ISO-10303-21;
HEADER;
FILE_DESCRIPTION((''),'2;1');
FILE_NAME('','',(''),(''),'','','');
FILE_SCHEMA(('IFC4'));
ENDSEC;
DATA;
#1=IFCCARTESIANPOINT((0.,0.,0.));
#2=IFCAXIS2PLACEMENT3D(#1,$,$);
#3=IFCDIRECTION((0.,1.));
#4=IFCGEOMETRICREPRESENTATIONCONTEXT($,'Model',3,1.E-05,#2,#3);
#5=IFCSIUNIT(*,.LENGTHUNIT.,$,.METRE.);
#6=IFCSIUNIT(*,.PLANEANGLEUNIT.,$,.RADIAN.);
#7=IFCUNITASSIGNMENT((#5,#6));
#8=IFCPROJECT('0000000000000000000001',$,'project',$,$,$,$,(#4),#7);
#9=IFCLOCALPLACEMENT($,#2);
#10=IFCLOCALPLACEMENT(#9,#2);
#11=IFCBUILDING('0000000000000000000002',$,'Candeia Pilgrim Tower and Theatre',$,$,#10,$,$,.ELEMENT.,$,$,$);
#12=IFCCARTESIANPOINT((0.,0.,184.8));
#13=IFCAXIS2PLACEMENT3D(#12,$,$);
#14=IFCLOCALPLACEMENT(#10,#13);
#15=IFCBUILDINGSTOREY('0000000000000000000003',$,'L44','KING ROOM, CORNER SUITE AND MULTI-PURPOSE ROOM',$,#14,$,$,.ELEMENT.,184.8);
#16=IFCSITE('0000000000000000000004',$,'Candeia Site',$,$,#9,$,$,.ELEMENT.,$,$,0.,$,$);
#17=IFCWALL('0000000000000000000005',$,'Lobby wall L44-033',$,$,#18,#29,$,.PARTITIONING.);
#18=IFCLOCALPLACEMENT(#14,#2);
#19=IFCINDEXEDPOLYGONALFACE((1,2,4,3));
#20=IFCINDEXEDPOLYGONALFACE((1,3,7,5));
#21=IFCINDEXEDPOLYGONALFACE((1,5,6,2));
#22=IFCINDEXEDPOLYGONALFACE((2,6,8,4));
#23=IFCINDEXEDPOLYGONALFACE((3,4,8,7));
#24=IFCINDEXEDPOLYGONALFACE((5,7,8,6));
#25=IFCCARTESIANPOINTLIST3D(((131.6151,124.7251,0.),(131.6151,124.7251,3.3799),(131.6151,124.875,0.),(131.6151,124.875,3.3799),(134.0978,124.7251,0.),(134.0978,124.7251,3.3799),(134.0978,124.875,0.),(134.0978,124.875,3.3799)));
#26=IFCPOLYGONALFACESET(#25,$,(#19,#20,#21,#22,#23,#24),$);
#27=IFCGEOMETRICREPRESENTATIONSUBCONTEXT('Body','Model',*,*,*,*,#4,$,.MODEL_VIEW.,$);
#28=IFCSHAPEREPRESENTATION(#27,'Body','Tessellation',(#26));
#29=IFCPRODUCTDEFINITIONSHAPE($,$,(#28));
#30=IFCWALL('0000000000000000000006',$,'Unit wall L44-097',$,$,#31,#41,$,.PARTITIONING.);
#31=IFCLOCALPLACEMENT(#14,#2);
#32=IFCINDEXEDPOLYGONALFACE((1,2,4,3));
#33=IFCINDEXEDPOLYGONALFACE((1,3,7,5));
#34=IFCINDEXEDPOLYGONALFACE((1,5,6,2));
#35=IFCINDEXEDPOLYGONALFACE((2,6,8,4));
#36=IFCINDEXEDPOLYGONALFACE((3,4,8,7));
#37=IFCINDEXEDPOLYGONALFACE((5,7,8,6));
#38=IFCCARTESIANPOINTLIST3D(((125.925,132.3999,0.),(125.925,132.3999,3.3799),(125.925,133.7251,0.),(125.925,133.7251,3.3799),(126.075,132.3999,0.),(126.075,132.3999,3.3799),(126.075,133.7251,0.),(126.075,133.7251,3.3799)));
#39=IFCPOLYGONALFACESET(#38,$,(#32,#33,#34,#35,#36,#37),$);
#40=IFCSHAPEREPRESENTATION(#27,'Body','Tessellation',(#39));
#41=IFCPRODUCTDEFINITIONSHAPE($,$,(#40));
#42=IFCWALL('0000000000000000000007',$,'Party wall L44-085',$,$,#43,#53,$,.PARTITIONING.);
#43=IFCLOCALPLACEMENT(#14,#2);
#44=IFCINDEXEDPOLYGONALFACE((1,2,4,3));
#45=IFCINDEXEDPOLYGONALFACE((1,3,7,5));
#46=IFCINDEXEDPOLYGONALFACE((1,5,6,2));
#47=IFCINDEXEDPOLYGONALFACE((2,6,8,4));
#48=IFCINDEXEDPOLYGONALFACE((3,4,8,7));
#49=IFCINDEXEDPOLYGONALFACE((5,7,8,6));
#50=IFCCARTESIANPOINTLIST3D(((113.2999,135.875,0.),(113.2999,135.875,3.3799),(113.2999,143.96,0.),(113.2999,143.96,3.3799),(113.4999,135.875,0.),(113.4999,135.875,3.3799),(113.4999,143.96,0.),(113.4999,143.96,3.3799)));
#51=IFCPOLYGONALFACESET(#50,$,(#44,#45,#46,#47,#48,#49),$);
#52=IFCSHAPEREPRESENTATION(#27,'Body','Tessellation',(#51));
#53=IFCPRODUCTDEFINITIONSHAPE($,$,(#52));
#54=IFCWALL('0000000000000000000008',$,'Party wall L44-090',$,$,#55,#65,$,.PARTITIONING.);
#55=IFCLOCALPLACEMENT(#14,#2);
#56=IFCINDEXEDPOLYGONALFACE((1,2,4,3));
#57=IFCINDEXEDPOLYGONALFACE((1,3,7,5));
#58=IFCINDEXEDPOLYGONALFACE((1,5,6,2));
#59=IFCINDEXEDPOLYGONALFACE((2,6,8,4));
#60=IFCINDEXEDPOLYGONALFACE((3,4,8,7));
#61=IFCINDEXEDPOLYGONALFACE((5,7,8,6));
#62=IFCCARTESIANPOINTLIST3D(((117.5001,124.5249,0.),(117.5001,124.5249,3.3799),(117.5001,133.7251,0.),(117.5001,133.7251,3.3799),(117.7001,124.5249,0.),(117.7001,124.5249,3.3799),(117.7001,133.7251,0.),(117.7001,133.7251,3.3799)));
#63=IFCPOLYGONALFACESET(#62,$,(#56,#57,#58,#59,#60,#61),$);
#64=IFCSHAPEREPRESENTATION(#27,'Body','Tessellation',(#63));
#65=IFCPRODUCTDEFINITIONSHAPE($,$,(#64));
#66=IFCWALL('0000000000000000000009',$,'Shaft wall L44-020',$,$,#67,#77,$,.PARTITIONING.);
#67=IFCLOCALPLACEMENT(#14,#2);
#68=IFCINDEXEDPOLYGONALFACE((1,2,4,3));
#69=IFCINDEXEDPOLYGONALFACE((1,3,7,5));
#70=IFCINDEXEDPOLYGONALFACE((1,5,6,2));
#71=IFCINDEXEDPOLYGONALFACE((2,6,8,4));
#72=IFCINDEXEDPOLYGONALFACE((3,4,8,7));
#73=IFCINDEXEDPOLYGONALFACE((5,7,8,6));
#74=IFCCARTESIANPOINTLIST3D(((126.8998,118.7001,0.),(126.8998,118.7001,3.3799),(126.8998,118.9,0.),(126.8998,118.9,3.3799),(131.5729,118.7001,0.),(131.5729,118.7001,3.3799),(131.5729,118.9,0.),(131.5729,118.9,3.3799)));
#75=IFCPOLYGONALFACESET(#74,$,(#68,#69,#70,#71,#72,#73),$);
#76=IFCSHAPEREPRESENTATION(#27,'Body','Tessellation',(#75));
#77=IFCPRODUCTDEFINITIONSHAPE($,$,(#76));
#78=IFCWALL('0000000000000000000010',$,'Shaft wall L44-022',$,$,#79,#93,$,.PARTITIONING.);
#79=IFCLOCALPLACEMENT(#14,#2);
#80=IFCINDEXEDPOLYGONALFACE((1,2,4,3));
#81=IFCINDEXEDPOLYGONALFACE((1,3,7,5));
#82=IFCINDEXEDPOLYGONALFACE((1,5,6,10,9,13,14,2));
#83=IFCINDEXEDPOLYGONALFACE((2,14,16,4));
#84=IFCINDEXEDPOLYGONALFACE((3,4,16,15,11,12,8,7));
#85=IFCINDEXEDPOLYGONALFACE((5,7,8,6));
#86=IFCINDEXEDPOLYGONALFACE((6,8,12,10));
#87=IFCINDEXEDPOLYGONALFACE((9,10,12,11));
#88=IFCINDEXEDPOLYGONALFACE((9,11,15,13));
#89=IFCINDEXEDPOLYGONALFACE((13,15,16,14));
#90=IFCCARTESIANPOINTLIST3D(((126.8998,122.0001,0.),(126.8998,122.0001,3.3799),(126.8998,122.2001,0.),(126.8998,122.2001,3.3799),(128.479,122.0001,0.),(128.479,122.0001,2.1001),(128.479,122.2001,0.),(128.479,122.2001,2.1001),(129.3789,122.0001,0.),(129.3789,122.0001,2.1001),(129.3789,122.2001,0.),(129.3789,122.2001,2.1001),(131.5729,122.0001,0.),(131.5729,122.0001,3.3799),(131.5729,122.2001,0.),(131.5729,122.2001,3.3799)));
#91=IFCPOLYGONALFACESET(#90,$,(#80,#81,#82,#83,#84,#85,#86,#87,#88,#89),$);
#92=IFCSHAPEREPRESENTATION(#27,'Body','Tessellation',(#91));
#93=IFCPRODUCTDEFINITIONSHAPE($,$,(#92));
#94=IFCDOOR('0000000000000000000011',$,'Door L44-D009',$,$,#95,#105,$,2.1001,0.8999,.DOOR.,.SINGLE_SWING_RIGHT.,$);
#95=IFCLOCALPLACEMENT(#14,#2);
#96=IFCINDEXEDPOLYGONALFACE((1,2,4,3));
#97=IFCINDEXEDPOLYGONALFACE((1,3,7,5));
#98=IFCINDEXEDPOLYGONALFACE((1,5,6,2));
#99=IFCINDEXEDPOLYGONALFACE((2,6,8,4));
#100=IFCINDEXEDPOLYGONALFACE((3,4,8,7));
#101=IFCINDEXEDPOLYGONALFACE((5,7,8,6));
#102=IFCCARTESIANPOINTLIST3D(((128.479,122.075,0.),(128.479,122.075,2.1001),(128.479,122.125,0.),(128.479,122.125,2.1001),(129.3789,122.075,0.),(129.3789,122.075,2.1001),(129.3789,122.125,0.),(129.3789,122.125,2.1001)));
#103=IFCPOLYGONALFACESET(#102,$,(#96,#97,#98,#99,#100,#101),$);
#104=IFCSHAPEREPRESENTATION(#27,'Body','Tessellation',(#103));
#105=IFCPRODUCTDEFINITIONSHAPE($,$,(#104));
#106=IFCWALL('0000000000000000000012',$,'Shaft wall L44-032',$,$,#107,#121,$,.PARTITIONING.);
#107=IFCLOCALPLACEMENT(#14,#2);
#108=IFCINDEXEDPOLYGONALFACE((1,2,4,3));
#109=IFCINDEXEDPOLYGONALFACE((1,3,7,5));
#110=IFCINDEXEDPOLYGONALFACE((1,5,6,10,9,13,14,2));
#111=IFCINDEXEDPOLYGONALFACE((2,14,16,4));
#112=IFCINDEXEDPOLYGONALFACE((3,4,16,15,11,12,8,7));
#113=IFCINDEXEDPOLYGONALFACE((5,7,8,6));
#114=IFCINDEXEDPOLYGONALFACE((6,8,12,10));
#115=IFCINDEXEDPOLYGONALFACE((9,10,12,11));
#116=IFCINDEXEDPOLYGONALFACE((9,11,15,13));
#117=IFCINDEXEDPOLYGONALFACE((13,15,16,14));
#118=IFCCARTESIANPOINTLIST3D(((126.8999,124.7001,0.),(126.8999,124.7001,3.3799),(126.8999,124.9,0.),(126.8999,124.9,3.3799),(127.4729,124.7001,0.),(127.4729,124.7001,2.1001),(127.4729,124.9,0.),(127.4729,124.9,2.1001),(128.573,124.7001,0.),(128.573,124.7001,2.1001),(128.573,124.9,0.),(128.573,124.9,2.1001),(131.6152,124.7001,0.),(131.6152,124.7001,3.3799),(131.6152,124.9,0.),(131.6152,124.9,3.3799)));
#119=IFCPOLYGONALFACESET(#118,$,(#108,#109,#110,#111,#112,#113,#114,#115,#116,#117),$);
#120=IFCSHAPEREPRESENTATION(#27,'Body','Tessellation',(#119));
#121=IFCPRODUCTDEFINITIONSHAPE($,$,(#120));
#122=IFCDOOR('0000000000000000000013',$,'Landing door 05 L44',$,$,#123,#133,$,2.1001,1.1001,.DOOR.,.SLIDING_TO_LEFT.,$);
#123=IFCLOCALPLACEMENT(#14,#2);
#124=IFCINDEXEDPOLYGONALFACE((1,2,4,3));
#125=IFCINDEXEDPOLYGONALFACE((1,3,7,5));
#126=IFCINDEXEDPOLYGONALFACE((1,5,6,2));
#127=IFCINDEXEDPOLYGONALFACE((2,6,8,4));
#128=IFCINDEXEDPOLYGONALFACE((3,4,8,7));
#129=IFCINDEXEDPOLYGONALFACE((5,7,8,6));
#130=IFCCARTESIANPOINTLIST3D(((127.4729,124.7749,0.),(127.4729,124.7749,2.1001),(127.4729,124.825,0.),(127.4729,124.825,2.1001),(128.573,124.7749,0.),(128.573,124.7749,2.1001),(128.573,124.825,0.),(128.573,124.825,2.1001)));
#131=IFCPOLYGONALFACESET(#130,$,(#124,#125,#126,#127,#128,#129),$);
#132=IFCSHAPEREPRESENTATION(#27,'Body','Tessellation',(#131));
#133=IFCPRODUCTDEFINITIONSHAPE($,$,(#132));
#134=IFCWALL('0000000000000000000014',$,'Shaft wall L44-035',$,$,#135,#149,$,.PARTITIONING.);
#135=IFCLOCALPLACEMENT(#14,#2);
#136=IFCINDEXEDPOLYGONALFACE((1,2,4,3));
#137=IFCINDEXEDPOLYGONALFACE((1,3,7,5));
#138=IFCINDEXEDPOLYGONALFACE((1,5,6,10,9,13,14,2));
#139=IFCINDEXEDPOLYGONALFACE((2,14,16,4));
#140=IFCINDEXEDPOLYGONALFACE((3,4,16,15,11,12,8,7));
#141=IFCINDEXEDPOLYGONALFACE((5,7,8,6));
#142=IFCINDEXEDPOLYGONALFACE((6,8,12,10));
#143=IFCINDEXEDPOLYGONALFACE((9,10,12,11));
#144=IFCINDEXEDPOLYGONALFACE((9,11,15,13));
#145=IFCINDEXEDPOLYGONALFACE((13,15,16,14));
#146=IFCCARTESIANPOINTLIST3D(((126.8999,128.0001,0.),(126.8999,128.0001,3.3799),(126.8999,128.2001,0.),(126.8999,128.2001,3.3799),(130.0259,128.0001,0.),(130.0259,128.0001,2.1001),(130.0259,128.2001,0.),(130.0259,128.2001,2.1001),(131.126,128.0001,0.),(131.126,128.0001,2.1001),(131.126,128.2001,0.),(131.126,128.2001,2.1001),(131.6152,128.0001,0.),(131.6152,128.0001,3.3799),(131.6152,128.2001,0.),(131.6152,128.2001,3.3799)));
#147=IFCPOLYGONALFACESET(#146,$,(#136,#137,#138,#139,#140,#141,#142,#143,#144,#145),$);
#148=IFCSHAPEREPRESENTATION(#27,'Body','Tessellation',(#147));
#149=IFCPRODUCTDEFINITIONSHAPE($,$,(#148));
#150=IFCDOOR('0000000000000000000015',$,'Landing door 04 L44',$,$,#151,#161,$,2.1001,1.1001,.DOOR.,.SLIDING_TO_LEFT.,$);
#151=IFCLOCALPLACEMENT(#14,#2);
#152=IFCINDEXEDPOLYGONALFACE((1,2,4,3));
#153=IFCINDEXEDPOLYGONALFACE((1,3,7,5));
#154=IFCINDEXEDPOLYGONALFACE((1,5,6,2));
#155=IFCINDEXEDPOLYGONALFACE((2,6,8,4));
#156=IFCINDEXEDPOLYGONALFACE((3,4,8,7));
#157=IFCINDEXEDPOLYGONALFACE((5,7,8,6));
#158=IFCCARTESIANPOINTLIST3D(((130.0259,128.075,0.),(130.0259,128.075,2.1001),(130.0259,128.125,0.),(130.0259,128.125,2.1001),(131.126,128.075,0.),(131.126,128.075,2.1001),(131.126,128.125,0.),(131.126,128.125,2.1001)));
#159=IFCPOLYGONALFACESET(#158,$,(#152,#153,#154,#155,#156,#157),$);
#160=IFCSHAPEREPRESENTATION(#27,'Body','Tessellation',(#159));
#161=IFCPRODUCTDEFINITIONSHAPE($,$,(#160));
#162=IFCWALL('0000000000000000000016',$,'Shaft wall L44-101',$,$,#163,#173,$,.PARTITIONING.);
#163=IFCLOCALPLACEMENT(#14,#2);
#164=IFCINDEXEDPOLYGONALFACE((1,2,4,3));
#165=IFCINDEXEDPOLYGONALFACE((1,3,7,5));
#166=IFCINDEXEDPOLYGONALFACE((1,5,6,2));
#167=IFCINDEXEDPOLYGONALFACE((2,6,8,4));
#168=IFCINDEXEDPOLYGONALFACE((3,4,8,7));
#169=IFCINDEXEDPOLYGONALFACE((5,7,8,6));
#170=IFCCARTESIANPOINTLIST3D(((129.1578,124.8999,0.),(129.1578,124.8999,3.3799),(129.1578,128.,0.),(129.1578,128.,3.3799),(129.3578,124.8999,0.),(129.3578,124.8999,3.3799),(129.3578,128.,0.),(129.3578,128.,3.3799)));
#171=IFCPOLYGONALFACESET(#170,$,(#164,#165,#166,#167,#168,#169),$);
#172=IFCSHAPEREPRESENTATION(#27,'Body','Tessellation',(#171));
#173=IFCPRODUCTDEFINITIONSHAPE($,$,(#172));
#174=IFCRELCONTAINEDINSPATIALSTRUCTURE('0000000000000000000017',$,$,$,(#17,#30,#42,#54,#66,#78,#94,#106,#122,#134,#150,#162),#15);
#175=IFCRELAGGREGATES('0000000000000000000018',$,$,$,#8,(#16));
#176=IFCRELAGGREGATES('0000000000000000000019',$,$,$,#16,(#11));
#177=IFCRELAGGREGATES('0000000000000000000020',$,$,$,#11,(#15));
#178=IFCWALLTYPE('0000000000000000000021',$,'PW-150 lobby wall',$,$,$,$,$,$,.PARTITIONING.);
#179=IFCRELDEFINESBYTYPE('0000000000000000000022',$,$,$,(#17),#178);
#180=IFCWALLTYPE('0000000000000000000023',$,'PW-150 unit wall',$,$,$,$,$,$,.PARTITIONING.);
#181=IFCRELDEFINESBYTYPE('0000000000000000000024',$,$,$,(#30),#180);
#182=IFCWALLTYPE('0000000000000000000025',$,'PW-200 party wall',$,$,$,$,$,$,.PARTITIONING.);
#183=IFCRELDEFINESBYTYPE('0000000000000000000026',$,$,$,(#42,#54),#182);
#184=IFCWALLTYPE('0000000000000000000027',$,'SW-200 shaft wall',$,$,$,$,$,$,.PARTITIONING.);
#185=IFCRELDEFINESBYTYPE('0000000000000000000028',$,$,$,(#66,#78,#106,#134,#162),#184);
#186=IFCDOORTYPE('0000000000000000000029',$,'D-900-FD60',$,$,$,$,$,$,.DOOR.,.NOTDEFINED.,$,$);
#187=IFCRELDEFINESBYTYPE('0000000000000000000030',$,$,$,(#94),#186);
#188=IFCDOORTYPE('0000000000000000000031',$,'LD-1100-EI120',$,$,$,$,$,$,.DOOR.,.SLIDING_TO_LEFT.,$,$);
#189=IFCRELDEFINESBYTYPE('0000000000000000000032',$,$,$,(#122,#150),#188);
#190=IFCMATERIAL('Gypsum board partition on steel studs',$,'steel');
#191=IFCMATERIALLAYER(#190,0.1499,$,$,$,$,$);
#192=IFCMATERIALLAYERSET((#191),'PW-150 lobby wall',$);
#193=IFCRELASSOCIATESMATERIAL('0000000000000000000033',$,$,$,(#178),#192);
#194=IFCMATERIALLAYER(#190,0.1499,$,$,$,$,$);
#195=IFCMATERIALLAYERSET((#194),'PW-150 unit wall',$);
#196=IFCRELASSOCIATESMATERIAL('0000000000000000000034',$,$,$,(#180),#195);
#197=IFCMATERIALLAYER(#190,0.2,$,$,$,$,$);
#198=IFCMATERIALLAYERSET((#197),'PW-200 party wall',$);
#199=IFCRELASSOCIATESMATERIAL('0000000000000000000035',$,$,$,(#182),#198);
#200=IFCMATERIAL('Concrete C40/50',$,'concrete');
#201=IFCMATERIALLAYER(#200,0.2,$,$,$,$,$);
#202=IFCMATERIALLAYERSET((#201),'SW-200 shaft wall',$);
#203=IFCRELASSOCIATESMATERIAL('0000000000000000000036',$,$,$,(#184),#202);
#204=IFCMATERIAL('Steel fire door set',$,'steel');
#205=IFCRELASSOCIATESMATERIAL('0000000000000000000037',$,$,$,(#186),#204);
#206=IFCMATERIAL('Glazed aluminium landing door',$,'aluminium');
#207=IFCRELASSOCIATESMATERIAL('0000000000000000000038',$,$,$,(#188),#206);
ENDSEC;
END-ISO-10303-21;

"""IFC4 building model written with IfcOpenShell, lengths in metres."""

from ifc_helpers import new_model, si_unit, direction, frame, frame_2d, origin, place, context, subcontext, project, spatial, rectangle, extrude, material, layer, layer_set, type_object, element, fill, save


model = new_model("IFC4")

# Units and contexts
model_context = context("Model", 3, precision=1e-05, world=origin(), true_north=direction((0.0, 1.0)))
body_context = subcontext(model_context, "Body", "Model", "MODEL_VIEW")
ifc_project = project(units=[si_unit("LENGTHUNIT", "METRE"), si_unit("PLANEANGLEUNIT", "RADIAN")], contexts=[model_context])

# Site, building, storey
site_placement = place(None, origin())
site = spatial("IfcSite", under=ifc_project, at=site_placement, Name="Candeia Site", CompositionType="ELEMENT", RefElevation=0.0)
building_placement = place(site_placement, origin())
building = spatial("IfcBuilding", under=site, at=building_placement, Name="Candeia Pilgrim Tower and Theatre", CompositionType="ELEMENT")
storey_placement = place(building_placement, frame((0.0, 0.0, 184.8)))
storey = spatial("IfcBuildingStorey", under=building, at=storey_placement, Name="L44", Description="KING ROOM, CORNER SUITE AND MULTI-PURPOSE ROOM", CompositionType="ELEMENT", Elevation=184.8)

# Shared definitions
ifc_material_1 = material(Name="Steel fire door set", Category="steel")

# Shared definitions
ifc_material_2 = material(Name="Gypsum board partition on steel studs", Category="steel")

# Shared definitions
ifc_layer_1 = layer(ifc_material_2, 0.1499)
ifc_layer_set_1 = layer_set([ifc_layer_1], Name="PW-150 lobby wall")
wall_type_1 = type_object("IfcWallType", Name="PW-150 lobby wall", PredefinedType="PARTITIONING", material=ifc_layer_set_1)

# Walls
wall_1_placement = place(storey_placement, frame((131.6152, 124.8, 0.0), z_axis=(0.0, 0.0, 1.0), x_axis=(1.0, 0.0, 0.0)))
element("IfcWall", 1, at=wall_1_placement, inside=storey, type_object=wall_type_1, Name="Lobby wall L44-033", PredefinedType="PARTITIONING", context=body_context, shape_type="SweptSolid", body=[
    extrude(rectangle(XDim=2.4827, YDim=0.1499, at=frame_2d((1.2412, 0.0))), origin(), (0.0, 0.0, 1.0), 3.3799),
])
ifc_layer_2 = layer(ifc_material_2, 0.1499)
ifc_layer_set_2 = layer_set([ifc_layer_2], Name="PW-150 unit wall")
wall_type_2 = type_object("IfcWallType", Name="PW-150 unit wall", PredefinedType="PARTITIONING", material=ifc_layer_set_2)
wall_2_placement = place(storey_placement, frame((126.0, 132.3999, 0.0), z_axis=(0.0, 0.0, 1.0), x_axis=(0.0, 1.0, 0.0)))
element("IfcWall", 2, at=wall_2_placement, inside=storey, type_object=wall_type_2, Name="Unit wall L44-097", PredefinedType="PARTITIONING", context=body_context, shape_type="SweptSolid", body=[
    extrude(rectangle(XDim=1.3252, YDim=0.1499, at=frame_2d((0.6626, 0.0))), origin(), (0.0, 0.0, 1.0), 3.3799),
])
ifc_layer_3 = layer(ifc_material_2, 0.2)
ifc_layer_set_3 = layer_set([ifc_layer_3], Name="PW-200 party wall")
wall_type_3 = type_object("IfcWallType", Name="PW-200 party wall", PredefinedType="PARTITIONING", material=ifc_layer_set_3)
wall_3_placement = place(storey_placement, frame((113.3999, 135.875, 0.0), z_axis=(0.0, 0.0, 1.0), x_axis=(0.0, 1.0, 0.0)))
element("IfcWall", 3, at=wall_3_placement, inside=storey, type_object=wall_type_3, Name="Party wall L44-085", PredefinedType="PARTITIONING", context=body_context, shape_type="SweptSolid", body=[
    extrude(rectangle(XDim=8.085, YDim=0.2, at=frame_2d((4.0425, 0.0))), origin(), (0.0, 0.0, 1.0), 3.3799),
])
wall_4_placement = place(storey_placement, frame((117.6001, 124.5249, 0.0), z_axis=(0.0, 0.0, 1.0), x_axis=(0.0, 1.0, 0.0)))
element("IfcWall", 4, at=wall_4_placement, inside=storey, type_object=wall_type_3, Name="Party wall L44-090", PredefinedType="PARTITIONING", context=body_context, shape_type="SweptSolid", body=[
    extrude(rectangle(XDim=9.2002, YDim=0.2, at=frame_2d((4.6001, 0.0))), origin(), (0.0, 0.0, 1.0), 3.3799),
])
ifc_material_3 = material(Name="Concrete C40/50", Category="concrete")
ifc_layer_4 = layer(ifc_material_3, 0.2)
ifc_layer_set_4 = layer_set([ifc_layer_4], Name="SW-200 shaft wall")
wall_type_4 = type_object("IfcWallType", Name="SW-200 shaft wall", PredefinedType="PARTITIONING", material=ifc_layer_set_4)
wall_5_placement = place(storey_placement, frame((126.8999, 118.8, 0.0), z_axis=(0.0, 0.0, 1.0), x_axis=(1.0, 0.0, 0.0)))
element("IfcWall", 5, at=wall_5_placement, inside=storey, type_object=wall_type_4, Name="Shaft wall L44-020", PredefinedType="PARTITIONING", context=body_context, shape_type="SweptSolid", body=[
    extrude(rectangle(XDim=4.6731, YDim=0.2, at=frame_2d((2.3364, 0.0))), origin(), (0.0, 0.0, 1.0), 3.3799),
])

# Walls, openings, doors
wall_6_placement = place(storey_placement, frame((126.8999, 122.1001, 0.0), z_axis=(0.0, 0.0, 1.0), x_axis=(1.0, 0.0, 0.0)))
wall_6 = element("IfcWall", 6, at=wall_6_placement, inside=storey, type_object=wall_type_4, Name="Shaft wall L44-022", PredefinedType="PARTITIONING", context=body_context, shape_type="SweptSolid", body=[
    extrude(rectangle(XDim=4.6731, YDim=0.2, at=frame_2d((2.3364, 0.0))), origin(), (0.0, 0.0, 1.0), 3.3799),
])
opening_1_placement = place(wall_6_placement, frame((1.5791, 0.0, 0.0)))
opening_1 = element("IfcOpeningElement", 7, at=opening_1_placement, cuts=wall_6, PredefinedType="OPENING", context=body_context, shape_type="SweptSolid", body=[
    extrude(rectangle(XDim=0.8999, YDim=2.1001, at=frame_2d((0.45, 1.05))), frame((0.0, 0.1099, 0.0), z_axis=(0.0, -1.0, 0.0), x_axis=(1.0, 0.0, 0.0)), (0.0, 0.0, 1.0), 0.22),
])
door_type_1 = type_object("IfcDoorType", Name="D-900-FD60", OperationType="NOTDEFINED", PredefinedType="DOOR", material=ifc_material_1)
door_1_placement = place(opening_1_placement, origin())
door_1 = element("IfcDoor", 8, at=door_1_placement, inside=storey, type_object=door_type_1, Name="Door L44-D009", OperationType="SINGLE_SWING_RIGHT", OverallHeight=2.1001, OverallWidth=0.8999, PredefinedType="DOOR", context=body_context, shape_type="SweptSolid", body=[
    extrude(rectangle(XDim=0.8999, YDim=2.1001, at=frame_2d((0.45, 1.05))), frame((0.0, 0.0249, 0.0), z_axis=(0.0, -1.0, 0.0), x_axis=(1.0, 0.0, 0.0)), (0.0, 0.0, 1.0), 0.05),
])
fill(opening_1, door_1)
wall_7_placement = place(storey_placement, frame((126.8999, 124.8, 0.0), z_axis=(0.0, 0.0, 1.0), x_axis=(1.0, 0.0, 0.0)))
wall_7 = element("IfcWall", 9, at=wall_7_placement, inside=storey, type_object=wall_type_4, Name="Shaft wall L44-032", PredefinedType="PARTITIONING", context=body_context, shape_type="SweptSolid", body=[
    extrude(rectangle(XDim=4.7153, YDim=0.2, at=frame_2d((2.3577, 0.0))), origin(), (0.0, 0.0, 1.0), 3.3799),
])
opening_2_placement = place(wall_7_placement, frame((0.573, 0.0, 0.0)))
opening_2 = element("IfcOpeningElement", 10, at=opening_2_placement, cuts=wall_7, PredefinedType="OPENING", context=body_context, shape_type="SweptSolid", body=[
    extrude(rectangle(XDim=1.1001, YDim=2.1001, at=frame_2d((0.55, 1.05))), frame((0.0, 0.1099, 0.0), z_axis=(0.0, -1.0, 0.0), x_axis=(1.0, 0.0, 0.0)), (0.0, 0.0, 1.0), 0.22),
])
ifc_material_4 = material(Name="Glazed aluminium landing door", Category="aluminium")
door_type_2 = type_object("IfcDoorType", Name="LD-1100-EI120", OperationType="SLIDING_TO_LEFT", PredefinedType="DOOR", material=ifc_material_4)
door_2_placement = place(opening_2_placement, origin())
door_2 = element("IfcDoor", 11, at=door_2_placement, inside=storey, type_object=door_type_2, Name="Landing door 05 L44", OperationType="SLIDING_TO_LEFT", OverallHeight=2.1001, OverallWidth=1.1001, PredefinedType="DOOR", context=body_context, shape_type="SweptSolid", body=[
    extrude(rectangle(XDim=1.1001, YDim=2.1001, at=frame_2d((0.55, 1.05))), frame((0.0, 0.0249, 0.0), z_axis=(0.0, -1.0, 0.0), x_axis=(1.0, 0.0, 0.0)), (0.0, 0.0, 1.0), 0.05),
])
fill(opening_2, door_2)
wall_8_placement = place(storey_placement, frame((126.8999, 128.1001, 0.0), z_axis=(0.0, 0.0, 1.0), x_axis=(1.0, 0.0, 0.0)))
wall_8 = element("IfcWall", 12, at=wall_8_placement, inside=storey, type_object=wall_type_4, Name="Shaft wall L44-035", PredefinedType="PARTITIONING", context=body_context, shape_type="SweptSolid", body=[
    extrude(rectangle(XDim=4.7153, YDim=0.2, at=frame_2d((2.3577, 0.0))), origin(), (0.0, 0.0, 1.0), 3.3799),
])
opening_3_placement = place(wall_8_placement, frame((3.126, 0.0, 0.0)))
opening_3 = element("IfcOpeningElement", 13, at=opening_3_placement, cuts=wall_8, PredefinedType="OPENING", context=body_context, shape_type="SweptSolid", body=[
    extrude(rectangle(XDim=1.1001, YDim=2.1001, at=frame_2d((0.55, 1.05))), frame((0.0, 0.1099, 0.0), z_axis=(0.0, -1.0, 0.0), x_axis=(1.0, 0.0, 0.0)), (0.0, 0.0, 1.0), 0.22),
])
door_3_placement = place(opening_3_placement, origin())
door_3 = element("IfcDoor", 14, at=door_3_placement, inside=storey, type_object=door_type_2, Name="Landing door 04 L44", OperationType="SLIDING_TO_LEFT", OverallHeight=2.1001, OverallWidth=1.1001, PredefinedType="DOOR", context=body_context, shape_type="SweptSolid", body=[
    extrude(rectangle(XDim=1.1001, YDim=2.1001, at=frame_2d((0.55, 1.05))), frame((0.0, 0.0249, 0.0), z_axis=(0.0, -1.0, 0.0), x_axis=(1.0, 0.0, 0.0)), (0.0, 0.0, 1.0), 0.05),
])
fill(opening_3, door_3)

# Wall
wall_9_placement = place(storey_placement, frame((129.2578, 124.8999, 0.0), z_axis=(0.0, 0.0, 1.0), x_axis=(0.0, 1.0, 0.0)))
element("IfcWall", 15, at=wall_9_placement, inside=storey, type_object=wall_type_4, Name="Shaft wall L44-101", PredefinedType="PARTITIONING", context=body_context, shape_type="SweptSolid", body=[
    extrude(rectangle(XDim=3.1001, YDim=0.2, at=frame_2d((1.55, 0.0))), origin(), (0.0, 0.0, 1.0), 3.3799),
])

save(model, "model.ifc")
